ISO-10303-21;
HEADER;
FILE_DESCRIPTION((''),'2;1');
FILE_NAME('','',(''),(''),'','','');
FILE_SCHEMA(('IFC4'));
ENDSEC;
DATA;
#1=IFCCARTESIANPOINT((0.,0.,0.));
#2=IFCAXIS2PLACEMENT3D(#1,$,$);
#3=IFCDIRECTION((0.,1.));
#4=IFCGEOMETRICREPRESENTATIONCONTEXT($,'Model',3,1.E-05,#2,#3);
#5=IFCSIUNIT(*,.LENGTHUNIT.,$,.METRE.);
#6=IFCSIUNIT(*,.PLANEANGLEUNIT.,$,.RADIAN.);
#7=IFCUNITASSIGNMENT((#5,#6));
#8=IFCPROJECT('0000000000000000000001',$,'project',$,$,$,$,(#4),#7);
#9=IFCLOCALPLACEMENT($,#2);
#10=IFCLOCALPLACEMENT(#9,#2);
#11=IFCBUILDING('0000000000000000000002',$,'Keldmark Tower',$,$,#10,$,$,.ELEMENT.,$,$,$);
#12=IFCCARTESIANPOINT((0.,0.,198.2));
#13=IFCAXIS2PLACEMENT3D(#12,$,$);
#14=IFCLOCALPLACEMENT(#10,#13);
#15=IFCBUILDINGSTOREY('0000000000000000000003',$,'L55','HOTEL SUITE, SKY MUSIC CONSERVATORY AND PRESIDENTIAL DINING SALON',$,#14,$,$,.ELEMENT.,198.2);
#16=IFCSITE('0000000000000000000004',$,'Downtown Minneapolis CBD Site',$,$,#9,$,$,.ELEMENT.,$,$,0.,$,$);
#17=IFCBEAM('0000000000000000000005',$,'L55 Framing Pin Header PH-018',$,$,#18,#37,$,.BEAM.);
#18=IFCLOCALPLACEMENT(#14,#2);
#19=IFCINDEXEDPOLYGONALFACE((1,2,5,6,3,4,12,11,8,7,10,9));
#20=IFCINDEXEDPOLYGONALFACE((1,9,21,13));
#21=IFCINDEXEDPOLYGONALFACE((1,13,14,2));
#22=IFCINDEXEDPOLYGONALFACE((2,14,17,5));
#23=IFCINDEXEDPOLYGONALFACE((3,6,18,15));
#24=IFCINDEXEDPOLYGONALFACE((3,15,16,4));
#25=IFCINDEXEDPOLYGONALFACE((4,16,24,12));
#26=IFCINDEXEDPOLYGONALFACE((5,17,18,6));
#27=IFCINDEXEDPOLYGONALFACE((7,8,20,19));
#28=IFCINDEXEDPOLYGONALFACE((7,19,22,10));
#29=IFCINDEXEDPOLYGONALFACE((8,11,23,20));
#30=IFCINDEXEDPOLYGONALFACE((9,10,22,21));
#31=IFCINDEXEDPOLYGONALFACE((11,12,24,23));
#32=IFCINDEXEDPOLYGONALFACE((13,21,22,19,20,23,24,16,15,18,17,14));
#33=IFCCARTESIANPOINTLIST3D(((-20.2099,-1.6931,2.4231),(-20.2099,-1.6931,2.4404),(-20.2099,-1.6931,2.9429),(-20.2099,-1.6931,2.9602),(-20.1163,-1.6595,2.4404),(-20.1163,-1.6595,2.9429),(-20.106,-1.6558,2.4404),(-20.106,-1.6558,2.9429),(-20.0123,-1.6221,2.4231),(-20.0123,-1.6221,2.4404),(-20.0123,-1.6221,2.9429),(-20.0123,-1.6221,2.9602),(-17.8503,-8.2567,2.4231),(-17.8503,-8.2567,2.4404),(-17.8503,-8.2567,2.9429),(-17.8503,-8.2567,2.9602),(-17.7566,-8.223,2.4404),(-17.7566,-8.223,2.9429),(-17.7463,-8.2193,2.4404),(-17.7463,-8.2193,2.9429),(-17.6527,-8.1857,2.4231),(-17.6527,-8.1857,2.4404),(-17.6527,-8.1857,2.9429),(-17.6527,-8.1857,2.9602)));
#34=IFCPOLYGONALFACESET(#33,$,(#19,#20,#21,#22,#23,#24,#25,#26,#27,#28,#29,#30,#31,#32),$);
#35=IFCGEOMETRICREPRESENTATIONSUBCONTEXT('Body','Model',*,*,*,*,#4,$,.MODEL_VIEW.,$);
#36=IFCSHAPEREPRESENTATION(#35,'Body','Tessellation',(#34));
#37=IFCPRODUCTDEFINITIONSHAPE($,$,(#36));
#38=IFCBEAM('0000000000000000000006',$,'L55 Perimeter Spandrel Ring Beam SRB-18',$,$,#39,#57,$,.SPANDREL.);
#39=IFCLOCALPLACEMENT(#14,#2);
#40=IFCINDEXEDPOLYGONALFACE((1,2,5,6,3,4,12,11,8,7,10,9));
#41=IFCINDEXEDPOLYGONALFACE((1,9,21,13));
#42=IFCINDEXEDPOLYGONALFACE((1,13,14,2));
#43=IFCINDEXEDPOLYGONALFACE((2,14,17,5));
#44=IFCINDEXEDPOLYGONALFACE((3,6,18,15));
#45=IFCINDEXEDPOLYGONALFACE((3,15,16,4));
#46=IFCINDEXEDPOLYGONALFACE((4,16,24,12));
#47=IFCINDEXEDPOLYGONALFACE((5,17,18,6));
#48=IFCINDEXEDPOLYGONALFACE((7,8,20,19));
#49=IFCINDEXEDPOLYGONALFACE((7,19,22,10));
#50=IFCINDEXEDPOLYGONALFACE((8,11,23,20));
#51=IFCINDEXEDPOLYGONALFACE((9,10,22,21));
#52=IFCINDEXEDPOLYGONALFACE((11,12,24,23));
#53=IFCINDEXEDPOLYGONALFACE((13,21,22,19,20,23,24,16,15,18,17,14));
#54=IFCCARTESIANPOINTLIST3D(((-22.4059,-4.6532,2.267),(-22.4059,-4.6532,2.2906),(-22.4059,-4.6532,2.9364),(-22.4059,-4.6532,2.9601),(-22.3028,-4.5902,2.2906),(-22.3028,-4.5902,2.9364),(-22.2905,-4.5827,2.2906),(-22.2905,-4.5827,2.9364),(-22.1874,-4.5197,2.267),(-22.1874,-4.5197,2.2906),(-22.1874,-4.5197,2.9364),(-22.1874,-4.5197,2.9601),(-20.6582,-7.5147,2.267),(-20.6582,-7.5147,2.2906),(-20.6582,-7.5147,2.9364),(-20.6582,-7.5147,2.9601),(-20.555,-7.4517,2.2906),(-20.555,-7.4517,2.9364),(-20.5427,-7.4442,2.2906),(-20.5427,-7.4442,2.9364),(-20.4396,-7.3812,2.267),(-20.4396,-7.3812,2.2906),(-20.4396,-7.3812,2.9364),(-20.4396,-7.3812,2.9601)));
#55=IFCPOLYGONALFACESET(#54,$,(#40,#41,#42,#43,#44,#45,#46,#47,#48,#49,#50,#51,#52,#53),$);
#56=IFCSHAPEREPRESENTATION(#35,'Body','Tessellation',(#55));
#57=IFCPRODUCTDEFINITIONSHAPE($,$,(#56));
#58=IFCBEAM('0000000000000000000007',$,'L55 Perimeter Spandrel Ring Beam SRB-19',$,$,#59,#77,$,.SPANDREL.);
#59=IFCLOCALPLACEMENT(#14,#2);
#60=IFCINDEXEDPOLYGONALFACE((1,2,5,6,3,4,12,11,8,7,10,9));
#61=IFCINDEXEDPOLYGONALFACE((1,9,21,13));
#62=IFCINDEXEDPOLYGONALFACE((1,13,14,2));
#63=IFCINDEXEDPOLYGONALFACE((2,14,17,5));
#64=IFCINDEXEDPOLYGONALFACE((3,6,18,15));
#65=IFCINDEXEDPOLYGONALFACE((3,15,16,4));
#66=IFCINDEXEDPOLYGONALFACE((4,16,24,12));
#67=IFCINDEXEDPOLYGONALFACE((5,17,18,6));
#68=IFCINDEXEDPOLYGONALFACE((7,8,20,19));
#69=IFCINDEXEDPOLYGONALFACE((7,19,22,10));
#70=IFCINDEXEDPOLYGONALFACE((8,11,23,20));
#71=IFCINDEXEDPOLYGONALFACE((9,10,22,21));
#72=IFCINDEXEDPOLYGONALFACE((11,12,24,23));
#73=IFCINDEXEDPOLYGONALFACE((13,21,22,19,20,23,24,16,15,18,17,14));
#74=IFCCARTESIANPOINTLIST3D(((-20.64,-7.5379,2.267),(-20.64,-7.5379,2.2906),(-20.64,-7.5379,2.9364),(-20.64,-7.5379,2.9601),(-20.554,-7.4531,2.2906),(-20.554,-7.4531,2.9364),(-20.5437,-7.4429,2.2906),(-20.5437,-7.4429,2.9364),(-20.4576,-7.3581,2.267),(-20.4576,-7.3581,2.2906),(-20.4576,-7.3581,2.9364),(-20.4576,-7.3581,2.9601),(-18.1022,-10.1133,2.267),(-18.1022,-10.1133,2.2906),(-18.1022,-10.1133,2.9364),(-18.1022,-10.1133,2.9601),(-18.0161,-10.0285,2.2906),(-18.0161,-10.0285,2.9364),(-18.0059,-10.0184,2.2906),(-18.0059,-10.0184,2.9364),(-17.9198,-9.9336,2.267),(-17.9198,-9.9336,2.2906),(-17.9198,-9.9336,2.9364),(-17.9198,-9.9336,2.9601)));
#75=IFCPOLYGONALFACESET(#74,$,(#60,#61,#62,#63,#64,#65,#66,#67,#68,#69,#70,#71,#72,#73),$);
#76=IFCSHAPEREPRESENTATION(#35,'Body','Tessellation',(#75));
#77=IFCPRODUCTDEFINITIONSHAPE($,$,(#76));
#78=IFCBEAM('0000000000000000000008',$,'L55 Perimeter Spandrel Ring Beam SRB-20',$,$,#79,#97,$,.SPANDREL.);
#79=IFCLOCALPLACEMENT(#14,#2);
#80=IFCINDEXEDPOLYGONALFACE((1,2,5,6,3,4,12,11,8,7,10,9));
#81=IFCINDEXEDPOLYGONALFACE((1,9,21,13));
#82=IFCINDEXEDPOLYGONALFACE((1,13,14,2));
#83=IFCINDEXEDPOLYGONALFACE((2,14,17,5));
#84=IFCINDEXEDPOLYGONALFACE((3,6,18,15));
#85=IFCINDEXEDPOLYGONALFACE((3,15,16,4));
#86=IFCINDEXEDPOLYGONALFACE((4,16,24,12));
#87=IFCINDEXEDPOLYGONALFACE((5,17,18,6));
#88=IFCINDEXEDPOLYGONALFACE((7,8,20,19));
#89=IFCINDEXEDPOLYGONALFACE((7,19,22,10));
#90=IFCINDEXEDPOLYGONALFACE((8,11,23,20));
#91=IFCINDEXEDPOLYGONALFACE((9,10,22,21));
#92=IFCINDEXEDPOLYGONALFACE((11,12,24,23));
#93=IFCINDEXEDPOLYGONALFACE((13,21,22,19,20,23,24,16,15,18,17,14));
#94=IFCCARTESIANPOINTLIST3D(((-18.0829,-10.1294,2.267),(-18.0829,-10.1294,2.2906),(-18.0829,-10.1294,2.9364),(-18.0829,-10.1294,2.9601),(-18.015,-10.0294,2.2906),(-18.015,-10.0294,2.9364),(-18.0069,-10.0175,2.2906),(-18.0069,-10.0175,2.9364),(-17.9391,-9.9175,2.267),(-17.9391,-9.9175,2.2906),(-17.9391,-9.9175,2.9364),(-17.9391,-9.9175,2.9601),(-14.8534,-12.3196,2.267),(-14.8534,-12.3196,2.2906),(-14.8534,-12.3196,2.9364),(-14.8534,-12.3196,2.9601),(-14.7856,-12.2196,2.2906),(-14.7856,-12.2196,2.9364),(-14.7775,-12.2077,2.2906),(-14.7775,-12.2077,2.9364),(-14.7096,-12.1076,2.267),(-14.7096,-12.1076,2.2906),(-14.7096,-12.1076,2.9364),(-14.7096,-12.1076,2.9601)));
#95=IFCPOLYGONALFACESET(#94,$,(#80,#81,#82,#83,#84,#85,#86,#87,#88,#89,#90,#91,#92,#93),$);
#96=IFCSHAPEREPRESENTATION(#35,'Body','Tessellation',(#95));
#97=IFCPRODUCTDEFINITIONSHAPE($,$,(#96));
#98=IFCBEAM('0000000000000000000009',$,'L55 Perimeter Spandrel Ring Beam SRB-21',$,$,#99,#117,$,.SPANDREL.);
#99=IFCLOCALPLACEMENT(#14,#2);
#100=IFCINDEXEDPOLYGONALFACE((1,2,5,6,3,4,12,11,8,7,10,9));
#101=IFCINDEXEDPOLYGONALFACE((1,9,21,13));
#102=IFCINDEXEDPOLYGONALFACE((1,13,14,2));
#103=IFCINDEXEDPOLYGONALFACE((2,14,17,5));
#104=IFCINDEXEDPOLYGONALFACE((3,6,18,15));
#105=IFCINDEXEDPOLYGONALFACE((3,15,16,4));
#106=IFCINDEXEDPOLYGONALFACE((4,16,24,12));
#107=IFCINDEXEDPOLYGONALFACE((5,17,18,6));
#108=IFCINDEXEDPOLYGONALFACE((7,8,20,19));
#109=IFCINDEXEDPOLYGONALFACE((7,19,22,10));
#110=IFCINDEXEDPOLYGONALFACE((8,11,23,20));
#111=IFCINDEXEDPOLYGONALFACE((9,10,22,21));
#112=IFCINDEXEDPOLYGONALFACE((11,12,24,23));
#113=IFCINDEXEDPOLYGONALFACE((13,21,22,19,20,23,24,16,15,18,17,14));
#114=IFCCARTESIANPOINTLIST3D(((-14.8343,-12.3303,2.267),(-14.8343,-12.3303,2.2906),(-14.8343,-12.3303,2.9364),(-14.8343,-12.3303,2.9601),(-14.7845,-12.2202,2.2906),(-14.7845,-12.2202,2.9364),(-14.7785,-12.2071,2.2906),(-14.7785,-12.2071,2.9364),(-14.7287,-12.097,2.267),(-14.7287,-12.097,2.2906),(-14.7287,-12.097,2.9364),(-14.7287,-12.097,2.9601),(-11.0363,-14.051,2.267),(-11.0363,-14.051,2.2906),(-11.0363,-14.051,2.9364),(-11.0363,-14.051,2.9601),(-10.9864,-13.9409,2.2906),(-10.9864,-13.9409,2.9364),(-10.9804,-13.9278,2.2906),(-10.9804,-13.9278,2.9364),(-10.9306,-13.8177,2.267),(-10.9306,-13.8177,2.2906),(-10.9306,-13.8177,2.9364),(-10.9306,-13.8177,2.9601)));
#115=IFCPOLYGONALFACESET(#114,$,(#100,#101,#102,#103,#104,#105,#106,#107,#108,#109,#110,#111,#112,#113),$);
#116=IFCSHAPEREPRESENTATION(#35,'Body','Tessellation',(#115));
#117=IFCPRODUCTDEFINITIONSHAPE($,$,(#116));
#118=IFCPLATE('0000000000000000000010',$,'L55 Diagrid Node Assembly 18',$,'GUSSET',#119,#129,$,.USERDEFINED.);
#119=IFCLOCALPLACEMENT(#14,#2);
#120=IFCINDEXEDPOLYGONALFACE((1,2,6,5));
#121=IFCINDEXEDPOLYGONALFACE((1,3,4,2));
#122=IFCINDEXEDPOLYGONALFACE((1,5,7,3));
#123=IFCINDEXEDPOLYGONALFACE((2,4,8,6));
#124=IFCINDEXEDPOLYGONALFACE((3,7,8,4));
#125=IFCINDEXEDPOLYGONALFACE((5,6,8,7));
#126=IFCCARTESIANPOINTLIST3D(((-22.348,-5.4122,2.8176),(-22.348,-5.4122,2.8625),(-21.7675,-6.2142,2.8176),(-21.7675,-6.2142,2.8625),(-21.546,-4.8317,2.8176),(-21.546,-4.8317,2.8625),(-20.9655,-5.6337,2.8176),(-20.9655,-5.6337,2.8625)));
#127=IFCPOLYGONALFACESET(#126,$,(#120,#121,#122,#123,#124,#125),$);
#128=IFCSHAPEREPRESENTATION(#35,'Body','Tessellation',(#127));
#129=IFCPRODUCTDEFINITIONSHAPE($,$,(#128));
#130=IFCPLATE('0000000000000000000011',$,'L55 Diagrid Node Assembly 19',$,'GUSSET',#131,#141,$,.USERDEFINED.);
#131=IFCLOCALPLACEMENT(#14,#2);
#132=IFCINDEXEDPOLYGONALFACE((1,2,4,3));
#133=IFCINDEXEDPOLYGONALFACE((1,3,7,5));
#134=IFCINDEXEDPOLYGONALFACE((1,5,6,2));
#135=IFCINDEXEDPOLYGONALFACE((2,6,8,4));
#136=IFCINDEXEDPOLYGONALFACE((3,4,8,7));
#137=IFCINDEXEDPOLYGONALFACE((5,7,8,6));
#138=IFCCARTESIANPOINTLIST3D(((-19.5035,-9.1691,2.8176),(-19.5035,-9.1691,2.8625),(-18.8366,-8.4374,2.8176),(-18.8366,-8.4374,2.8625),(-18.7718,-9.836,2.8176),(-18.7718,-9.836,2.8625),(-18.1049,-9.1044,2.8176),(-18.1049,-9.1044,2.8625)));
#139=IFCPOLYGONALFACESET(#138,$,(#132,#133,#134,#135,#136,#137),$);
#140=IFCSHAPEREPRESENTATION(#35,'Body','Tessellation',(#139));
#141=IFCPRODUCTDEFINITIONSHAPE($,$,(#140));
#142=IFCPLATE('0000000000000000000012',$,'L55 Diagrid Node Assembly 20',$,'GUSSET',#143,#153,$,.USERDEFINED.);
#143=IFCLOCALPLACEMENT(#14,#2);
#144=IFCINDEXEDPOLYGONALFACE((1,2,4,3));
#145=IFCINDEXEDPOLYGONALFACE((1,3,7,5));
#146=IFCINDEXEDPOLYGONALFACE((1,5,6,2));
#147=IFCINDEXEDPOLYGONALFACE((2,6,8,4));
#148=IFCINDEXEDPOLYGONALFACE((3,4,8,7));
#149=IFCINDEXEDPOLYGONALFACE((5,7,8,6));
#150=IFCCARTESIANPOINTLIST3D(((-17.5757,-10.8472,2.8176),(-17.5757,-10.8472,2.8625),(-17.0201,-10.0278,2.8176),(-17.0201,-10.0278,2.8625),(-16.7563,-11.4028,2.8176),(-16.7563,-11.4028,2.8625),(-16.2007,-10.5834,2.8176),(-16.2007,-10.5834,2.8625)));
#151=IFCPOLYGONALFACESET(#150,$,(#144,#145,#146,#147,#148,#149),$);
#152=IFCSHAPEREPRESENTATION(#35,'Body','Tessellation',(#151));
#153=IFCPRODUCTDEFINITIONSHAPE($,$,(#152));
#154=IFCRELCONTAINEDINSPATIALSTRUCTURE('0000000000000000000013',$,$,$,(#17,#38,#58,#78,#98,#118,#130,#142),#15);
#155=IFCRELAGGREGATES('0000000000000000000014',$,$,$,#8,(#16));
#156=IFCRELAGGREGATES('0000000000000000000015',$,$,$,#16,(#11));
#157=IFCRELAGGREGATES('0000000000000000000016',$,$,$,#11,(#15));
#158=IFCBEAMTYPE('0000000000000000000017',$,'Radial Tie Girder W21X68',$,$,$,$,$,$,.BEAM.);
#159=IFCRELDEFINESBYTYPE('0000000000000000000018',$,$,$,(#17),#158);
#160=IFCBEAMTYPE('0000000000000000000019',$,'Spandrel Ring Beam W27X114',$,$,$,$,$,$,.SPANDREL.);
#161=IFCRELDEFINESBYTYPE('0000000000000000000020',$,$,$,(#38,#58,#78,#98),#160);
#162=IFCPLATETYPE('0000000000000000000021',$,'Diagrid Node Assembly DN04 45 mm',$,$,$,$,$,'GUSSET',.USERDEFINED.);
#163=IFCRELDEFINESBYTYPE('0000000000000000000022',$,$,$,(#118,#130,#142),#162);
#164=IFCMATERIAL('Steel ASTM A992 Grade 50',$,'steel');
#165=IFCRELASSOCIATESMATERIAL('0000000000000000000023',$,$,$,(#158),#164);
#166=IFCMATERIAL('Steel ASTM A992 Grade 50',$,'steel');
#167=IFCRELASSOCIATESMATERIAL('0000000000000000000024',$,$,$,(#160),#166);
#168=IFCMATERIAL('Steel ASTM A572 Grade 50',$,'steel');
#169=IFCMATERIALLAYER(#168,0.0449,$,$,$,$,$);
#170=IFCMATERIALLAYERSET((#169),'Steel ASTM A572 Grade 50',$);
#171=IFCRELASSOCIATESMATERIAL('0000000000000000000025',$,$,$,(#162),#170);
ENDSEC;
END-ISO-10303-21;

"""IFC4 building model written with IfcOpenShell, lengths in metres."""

from ifc_helpers import new_model, si_unit, direction, frame, origin, origin_2d, place, context, subcontext, project, spatial, rectangle, i_section, extrude, material, layer, layer_set, material_profile, profile_set, type_object, element, save


model = new_model("IFC4")

# Units and contexts
model_context = context("Model", 3, precision=1e-05, world=origin(), true_north=direction((0.0, 1.0)))
body_context = subcontext(model_context, "Body", "Model", "MODEL_VIEW")
ifc_project = project(units=[si_unit("LENGTHUNIT", "METRE"), si_unit("PLANEANGLEUNIT", "RADIAN")], contexts=[model_context])

# Site, building, storey
site_placement = place(None, origin())
site = spatial("IfcSite", under=ifc_project, at=site_placement, Name="Downtown Minneapolis CBD Site", CompositionType="ELEMENT", RefElevation=0.0)
building_placement = place(site_placement, origin())
building = spatial("IfcBuilding", under=site, at=building_placement, Name="Keldmark Tower", CompositionType="ELEMENT")
storey_placement = place(building_placement, frame((0.0, 0.0, 198.2)))
storey = spatial("IfcBuildingStorey", under=building, at=storey_placement, Name="L55", Description="HOTEL SUITE, SKY MUSIC CONSERVATORY AND PRESIDENTIAL DINING SALON", CompositionType="ELEMENT", Elevation=198.2)

# Beams
ifc_material_1 = material(Name="Steel ASTM A992 Grade 50", Category="steel")
ifc_material_profile_1 = material_profile(ifc_material_1, i_section(OverallWidth=0.21, OverallDepth=0.5371, WebThickness=0.011, FlangeThickness=0.0173, at=origin_2d()), Name="W21X68")
ifc_profile_set_1 = profile_set([ifc_material_profile_1], Name="Steel ASTM A992 Grade 50")
beam_type_1 = type_object("IfcBeamType", Name="Radial Tie Girder W21X68", PredefinedType="BEAM", material=ifc_profile_set_1)
beam_1_placement = place(storey_placement, frame((-17.7515, -8.2212, 2.6917), z_axis=(-0.338309, 0.941035, 0.0), x_axis=(-0.941035, -0.338309, 0.0)))
element("IfcBeam", 1, at=beam_1_placement, inside=storey, type_object=beam_type_1, Name="L55 Framing Pin Header PH-018", PredefinedType="BEAM", context=body_context, shape_type="SweptSolid", body=[
    extrude(i_section(OverallWidth=0.21, OverallDepth=0.5371, WebThickness=0.011, FlangeThickness=0.0173, at=origin_2d()), origin(), (0.0, 0.0, 1.0), 6.9749),
])
ifc_material_2 = material(Name="Steel ASTM A992 Grade 50", Category="steel")
ifc_material_profile_2 = material_profile(ifc_material_2, i_section(OverallWidth=0.2561, OverallDepth=0.6931, WebThickness=0.0144, FlangeThickness=0.0237, at=origin_2d()), Name="W27X114")
ifc_profile_set_2 = profile_set([ifc_material_profile_2], Name="Steel ASTM A992 Grade 50")
beam_type_2 = type_object("IfcBeamType", Name="Spandrel Ring Beam W27X114", PredefinedType="SPANDREL", material=ifc_profile_set_2)
beam_2_placement = place(storey_placement, frame((-22.2966, -4.5864, 2.6135), z_axis=(0.521247, -0.853406, 0.0), x_axis=(0.853406, 0.521247, 0.0)))
element("IfcBeam", 2, at=beam_2_placement, inside=storey, type_object=beam_type_2, Name="L55 Perimeter Spandrel Ring Beam SRB-18", PredefinedType="SPANDREL", context=body_context, shape_type="SweptSolid", body=[
    extrude(i_section(OverallWidth=0.2561, OverallDepth=0.6931, WebThickness=0.0144, FlangeThickness=0.0237, at=origin_2d()), origin(), (0.0, 0.0, 1.0), 3.353),
])
beam_3_placement = place(storey_placement, frame((-20.5488, -7.448, 2.6135), z_axis=(0.701888, -0.712287, 0.0), x_axis=(0.712287, 0.701888, 0.0)))
element("IfcBeam", 3, at=beam_3_placement, inside=storey, type_object=beam_type_2, Name="L55 Perimeter Spandrel Ring Beam SRB-19", PredefinedType="SPANDREL", context=body_context, shape_type="SweptSolid", body=[
    extrude(i_section(OverallWidth=0.2561, OverallDepth=0.6931, WebThickness=0.0144, FlangeThickness=0.0237, at=origin_2d()), origin(), (0.0, 0.0, 1.0), 3.6157),
])
beam_4_placement = place(storey_placement, frame((-18.011, -10.0234, 2.6135), z_axis=(0.827625, -0.561281, 0.0), x_axis=(0.561281, 0.827625, 0.0)))
element("IfcBeam", 4, at=beam_4_placement, inside=storey, type_object=beam_type_2, Name="L55 Perimeter Spandrel Ring Beam SRB-20", PredefinedType="SPANDREL", context=body_context, shape_type="SweptSolid", body=[
    extrude(i_section(OverallWidth=0.2561, OverallDepth=0.6931, WebThickness=0.0144, FlangeThickness=0.0237, at=origin_2d()), origin(), (0.0, 0.0, 1.0), 3.9021),
])
beam_5_placement = place(storey_placement, frame((-14.7815, -12.2136, 2.6135), z_axis=(0.910881, -0.412669, 0.0), x_axis=(0.412669, 0.910881, 0.0)))
element("IfcBeam", 5, at=beam_5_placement, inside=storey, type_object=beam_type_2, Name="L55 Perimeter Spandrel Ring Beam SRB-21", PredefinedType="SPANDREL", context=body_context, shape_type="SweptSolid", body=[
    extrude(i_section(OverallWidth=0.2561, OverallDepth=0.6931, WebThickness=0.0144, FlangeThickness=0.0237, at=origin_2d()), origin(), (0.0, 0.0, 1.0), 4.1697),
])

# Plates
ifc_material_3 = material(Name="Steel ASTM A572 Grade 50", Category="steel")
ifc_layer_1 = layer(ifc_material_3, 0.0449)
ifc_layer_set_1 = layer_set([ifc_layer_1], Name="Steel ASTM A572 Grade 50")
plate_type = type_object("IfcPlateType", Name="Diagrid Node Assembly DN04 45 mm", ElementType="GUSSET", PredefinedType="USERDEFINED", material=ifc_layer_set_1)
for number, where, z_axis, x_axis, name in (
    (6, (-21.6567, -5.5229, 2.8176), (0.0, 0.0, 1.0), (0.586372, -0.810042, 0.0), "L55 Diagrid Node Assembly 18"),
    (7, (-18.8042, -9.1367, 2.8176), (0.0, 0.0, 1.0), (0.739043, -0.673658, 0.0), "L55 Diagrid Node Assembly 19"),
    (8, (-16.8882, -10.7153, 2.8176), (0.0, 0.0, 1.0), (0.827669, -0.561217, 0.0), "L55 Diagrid Node Assembly 20"),
):
    element("IfcPlate", number, at=place(storey_placement, frame(where, z_axis=z_axis, x_axis=x_axis)), inside=storey, type_object=plate_type, Name=name, ObjectType="GUSSET", PredefinedType="USERDEFINED", context=body_context, shape_type="SweptSolid", body=[
        extrude(rectangle(XDim=0.99, YDim=0.99, at=origin_2d()), origin(), (0.0, 0.0, 1.0), 0.0449),
    ])

save(model, "model.ifc")
